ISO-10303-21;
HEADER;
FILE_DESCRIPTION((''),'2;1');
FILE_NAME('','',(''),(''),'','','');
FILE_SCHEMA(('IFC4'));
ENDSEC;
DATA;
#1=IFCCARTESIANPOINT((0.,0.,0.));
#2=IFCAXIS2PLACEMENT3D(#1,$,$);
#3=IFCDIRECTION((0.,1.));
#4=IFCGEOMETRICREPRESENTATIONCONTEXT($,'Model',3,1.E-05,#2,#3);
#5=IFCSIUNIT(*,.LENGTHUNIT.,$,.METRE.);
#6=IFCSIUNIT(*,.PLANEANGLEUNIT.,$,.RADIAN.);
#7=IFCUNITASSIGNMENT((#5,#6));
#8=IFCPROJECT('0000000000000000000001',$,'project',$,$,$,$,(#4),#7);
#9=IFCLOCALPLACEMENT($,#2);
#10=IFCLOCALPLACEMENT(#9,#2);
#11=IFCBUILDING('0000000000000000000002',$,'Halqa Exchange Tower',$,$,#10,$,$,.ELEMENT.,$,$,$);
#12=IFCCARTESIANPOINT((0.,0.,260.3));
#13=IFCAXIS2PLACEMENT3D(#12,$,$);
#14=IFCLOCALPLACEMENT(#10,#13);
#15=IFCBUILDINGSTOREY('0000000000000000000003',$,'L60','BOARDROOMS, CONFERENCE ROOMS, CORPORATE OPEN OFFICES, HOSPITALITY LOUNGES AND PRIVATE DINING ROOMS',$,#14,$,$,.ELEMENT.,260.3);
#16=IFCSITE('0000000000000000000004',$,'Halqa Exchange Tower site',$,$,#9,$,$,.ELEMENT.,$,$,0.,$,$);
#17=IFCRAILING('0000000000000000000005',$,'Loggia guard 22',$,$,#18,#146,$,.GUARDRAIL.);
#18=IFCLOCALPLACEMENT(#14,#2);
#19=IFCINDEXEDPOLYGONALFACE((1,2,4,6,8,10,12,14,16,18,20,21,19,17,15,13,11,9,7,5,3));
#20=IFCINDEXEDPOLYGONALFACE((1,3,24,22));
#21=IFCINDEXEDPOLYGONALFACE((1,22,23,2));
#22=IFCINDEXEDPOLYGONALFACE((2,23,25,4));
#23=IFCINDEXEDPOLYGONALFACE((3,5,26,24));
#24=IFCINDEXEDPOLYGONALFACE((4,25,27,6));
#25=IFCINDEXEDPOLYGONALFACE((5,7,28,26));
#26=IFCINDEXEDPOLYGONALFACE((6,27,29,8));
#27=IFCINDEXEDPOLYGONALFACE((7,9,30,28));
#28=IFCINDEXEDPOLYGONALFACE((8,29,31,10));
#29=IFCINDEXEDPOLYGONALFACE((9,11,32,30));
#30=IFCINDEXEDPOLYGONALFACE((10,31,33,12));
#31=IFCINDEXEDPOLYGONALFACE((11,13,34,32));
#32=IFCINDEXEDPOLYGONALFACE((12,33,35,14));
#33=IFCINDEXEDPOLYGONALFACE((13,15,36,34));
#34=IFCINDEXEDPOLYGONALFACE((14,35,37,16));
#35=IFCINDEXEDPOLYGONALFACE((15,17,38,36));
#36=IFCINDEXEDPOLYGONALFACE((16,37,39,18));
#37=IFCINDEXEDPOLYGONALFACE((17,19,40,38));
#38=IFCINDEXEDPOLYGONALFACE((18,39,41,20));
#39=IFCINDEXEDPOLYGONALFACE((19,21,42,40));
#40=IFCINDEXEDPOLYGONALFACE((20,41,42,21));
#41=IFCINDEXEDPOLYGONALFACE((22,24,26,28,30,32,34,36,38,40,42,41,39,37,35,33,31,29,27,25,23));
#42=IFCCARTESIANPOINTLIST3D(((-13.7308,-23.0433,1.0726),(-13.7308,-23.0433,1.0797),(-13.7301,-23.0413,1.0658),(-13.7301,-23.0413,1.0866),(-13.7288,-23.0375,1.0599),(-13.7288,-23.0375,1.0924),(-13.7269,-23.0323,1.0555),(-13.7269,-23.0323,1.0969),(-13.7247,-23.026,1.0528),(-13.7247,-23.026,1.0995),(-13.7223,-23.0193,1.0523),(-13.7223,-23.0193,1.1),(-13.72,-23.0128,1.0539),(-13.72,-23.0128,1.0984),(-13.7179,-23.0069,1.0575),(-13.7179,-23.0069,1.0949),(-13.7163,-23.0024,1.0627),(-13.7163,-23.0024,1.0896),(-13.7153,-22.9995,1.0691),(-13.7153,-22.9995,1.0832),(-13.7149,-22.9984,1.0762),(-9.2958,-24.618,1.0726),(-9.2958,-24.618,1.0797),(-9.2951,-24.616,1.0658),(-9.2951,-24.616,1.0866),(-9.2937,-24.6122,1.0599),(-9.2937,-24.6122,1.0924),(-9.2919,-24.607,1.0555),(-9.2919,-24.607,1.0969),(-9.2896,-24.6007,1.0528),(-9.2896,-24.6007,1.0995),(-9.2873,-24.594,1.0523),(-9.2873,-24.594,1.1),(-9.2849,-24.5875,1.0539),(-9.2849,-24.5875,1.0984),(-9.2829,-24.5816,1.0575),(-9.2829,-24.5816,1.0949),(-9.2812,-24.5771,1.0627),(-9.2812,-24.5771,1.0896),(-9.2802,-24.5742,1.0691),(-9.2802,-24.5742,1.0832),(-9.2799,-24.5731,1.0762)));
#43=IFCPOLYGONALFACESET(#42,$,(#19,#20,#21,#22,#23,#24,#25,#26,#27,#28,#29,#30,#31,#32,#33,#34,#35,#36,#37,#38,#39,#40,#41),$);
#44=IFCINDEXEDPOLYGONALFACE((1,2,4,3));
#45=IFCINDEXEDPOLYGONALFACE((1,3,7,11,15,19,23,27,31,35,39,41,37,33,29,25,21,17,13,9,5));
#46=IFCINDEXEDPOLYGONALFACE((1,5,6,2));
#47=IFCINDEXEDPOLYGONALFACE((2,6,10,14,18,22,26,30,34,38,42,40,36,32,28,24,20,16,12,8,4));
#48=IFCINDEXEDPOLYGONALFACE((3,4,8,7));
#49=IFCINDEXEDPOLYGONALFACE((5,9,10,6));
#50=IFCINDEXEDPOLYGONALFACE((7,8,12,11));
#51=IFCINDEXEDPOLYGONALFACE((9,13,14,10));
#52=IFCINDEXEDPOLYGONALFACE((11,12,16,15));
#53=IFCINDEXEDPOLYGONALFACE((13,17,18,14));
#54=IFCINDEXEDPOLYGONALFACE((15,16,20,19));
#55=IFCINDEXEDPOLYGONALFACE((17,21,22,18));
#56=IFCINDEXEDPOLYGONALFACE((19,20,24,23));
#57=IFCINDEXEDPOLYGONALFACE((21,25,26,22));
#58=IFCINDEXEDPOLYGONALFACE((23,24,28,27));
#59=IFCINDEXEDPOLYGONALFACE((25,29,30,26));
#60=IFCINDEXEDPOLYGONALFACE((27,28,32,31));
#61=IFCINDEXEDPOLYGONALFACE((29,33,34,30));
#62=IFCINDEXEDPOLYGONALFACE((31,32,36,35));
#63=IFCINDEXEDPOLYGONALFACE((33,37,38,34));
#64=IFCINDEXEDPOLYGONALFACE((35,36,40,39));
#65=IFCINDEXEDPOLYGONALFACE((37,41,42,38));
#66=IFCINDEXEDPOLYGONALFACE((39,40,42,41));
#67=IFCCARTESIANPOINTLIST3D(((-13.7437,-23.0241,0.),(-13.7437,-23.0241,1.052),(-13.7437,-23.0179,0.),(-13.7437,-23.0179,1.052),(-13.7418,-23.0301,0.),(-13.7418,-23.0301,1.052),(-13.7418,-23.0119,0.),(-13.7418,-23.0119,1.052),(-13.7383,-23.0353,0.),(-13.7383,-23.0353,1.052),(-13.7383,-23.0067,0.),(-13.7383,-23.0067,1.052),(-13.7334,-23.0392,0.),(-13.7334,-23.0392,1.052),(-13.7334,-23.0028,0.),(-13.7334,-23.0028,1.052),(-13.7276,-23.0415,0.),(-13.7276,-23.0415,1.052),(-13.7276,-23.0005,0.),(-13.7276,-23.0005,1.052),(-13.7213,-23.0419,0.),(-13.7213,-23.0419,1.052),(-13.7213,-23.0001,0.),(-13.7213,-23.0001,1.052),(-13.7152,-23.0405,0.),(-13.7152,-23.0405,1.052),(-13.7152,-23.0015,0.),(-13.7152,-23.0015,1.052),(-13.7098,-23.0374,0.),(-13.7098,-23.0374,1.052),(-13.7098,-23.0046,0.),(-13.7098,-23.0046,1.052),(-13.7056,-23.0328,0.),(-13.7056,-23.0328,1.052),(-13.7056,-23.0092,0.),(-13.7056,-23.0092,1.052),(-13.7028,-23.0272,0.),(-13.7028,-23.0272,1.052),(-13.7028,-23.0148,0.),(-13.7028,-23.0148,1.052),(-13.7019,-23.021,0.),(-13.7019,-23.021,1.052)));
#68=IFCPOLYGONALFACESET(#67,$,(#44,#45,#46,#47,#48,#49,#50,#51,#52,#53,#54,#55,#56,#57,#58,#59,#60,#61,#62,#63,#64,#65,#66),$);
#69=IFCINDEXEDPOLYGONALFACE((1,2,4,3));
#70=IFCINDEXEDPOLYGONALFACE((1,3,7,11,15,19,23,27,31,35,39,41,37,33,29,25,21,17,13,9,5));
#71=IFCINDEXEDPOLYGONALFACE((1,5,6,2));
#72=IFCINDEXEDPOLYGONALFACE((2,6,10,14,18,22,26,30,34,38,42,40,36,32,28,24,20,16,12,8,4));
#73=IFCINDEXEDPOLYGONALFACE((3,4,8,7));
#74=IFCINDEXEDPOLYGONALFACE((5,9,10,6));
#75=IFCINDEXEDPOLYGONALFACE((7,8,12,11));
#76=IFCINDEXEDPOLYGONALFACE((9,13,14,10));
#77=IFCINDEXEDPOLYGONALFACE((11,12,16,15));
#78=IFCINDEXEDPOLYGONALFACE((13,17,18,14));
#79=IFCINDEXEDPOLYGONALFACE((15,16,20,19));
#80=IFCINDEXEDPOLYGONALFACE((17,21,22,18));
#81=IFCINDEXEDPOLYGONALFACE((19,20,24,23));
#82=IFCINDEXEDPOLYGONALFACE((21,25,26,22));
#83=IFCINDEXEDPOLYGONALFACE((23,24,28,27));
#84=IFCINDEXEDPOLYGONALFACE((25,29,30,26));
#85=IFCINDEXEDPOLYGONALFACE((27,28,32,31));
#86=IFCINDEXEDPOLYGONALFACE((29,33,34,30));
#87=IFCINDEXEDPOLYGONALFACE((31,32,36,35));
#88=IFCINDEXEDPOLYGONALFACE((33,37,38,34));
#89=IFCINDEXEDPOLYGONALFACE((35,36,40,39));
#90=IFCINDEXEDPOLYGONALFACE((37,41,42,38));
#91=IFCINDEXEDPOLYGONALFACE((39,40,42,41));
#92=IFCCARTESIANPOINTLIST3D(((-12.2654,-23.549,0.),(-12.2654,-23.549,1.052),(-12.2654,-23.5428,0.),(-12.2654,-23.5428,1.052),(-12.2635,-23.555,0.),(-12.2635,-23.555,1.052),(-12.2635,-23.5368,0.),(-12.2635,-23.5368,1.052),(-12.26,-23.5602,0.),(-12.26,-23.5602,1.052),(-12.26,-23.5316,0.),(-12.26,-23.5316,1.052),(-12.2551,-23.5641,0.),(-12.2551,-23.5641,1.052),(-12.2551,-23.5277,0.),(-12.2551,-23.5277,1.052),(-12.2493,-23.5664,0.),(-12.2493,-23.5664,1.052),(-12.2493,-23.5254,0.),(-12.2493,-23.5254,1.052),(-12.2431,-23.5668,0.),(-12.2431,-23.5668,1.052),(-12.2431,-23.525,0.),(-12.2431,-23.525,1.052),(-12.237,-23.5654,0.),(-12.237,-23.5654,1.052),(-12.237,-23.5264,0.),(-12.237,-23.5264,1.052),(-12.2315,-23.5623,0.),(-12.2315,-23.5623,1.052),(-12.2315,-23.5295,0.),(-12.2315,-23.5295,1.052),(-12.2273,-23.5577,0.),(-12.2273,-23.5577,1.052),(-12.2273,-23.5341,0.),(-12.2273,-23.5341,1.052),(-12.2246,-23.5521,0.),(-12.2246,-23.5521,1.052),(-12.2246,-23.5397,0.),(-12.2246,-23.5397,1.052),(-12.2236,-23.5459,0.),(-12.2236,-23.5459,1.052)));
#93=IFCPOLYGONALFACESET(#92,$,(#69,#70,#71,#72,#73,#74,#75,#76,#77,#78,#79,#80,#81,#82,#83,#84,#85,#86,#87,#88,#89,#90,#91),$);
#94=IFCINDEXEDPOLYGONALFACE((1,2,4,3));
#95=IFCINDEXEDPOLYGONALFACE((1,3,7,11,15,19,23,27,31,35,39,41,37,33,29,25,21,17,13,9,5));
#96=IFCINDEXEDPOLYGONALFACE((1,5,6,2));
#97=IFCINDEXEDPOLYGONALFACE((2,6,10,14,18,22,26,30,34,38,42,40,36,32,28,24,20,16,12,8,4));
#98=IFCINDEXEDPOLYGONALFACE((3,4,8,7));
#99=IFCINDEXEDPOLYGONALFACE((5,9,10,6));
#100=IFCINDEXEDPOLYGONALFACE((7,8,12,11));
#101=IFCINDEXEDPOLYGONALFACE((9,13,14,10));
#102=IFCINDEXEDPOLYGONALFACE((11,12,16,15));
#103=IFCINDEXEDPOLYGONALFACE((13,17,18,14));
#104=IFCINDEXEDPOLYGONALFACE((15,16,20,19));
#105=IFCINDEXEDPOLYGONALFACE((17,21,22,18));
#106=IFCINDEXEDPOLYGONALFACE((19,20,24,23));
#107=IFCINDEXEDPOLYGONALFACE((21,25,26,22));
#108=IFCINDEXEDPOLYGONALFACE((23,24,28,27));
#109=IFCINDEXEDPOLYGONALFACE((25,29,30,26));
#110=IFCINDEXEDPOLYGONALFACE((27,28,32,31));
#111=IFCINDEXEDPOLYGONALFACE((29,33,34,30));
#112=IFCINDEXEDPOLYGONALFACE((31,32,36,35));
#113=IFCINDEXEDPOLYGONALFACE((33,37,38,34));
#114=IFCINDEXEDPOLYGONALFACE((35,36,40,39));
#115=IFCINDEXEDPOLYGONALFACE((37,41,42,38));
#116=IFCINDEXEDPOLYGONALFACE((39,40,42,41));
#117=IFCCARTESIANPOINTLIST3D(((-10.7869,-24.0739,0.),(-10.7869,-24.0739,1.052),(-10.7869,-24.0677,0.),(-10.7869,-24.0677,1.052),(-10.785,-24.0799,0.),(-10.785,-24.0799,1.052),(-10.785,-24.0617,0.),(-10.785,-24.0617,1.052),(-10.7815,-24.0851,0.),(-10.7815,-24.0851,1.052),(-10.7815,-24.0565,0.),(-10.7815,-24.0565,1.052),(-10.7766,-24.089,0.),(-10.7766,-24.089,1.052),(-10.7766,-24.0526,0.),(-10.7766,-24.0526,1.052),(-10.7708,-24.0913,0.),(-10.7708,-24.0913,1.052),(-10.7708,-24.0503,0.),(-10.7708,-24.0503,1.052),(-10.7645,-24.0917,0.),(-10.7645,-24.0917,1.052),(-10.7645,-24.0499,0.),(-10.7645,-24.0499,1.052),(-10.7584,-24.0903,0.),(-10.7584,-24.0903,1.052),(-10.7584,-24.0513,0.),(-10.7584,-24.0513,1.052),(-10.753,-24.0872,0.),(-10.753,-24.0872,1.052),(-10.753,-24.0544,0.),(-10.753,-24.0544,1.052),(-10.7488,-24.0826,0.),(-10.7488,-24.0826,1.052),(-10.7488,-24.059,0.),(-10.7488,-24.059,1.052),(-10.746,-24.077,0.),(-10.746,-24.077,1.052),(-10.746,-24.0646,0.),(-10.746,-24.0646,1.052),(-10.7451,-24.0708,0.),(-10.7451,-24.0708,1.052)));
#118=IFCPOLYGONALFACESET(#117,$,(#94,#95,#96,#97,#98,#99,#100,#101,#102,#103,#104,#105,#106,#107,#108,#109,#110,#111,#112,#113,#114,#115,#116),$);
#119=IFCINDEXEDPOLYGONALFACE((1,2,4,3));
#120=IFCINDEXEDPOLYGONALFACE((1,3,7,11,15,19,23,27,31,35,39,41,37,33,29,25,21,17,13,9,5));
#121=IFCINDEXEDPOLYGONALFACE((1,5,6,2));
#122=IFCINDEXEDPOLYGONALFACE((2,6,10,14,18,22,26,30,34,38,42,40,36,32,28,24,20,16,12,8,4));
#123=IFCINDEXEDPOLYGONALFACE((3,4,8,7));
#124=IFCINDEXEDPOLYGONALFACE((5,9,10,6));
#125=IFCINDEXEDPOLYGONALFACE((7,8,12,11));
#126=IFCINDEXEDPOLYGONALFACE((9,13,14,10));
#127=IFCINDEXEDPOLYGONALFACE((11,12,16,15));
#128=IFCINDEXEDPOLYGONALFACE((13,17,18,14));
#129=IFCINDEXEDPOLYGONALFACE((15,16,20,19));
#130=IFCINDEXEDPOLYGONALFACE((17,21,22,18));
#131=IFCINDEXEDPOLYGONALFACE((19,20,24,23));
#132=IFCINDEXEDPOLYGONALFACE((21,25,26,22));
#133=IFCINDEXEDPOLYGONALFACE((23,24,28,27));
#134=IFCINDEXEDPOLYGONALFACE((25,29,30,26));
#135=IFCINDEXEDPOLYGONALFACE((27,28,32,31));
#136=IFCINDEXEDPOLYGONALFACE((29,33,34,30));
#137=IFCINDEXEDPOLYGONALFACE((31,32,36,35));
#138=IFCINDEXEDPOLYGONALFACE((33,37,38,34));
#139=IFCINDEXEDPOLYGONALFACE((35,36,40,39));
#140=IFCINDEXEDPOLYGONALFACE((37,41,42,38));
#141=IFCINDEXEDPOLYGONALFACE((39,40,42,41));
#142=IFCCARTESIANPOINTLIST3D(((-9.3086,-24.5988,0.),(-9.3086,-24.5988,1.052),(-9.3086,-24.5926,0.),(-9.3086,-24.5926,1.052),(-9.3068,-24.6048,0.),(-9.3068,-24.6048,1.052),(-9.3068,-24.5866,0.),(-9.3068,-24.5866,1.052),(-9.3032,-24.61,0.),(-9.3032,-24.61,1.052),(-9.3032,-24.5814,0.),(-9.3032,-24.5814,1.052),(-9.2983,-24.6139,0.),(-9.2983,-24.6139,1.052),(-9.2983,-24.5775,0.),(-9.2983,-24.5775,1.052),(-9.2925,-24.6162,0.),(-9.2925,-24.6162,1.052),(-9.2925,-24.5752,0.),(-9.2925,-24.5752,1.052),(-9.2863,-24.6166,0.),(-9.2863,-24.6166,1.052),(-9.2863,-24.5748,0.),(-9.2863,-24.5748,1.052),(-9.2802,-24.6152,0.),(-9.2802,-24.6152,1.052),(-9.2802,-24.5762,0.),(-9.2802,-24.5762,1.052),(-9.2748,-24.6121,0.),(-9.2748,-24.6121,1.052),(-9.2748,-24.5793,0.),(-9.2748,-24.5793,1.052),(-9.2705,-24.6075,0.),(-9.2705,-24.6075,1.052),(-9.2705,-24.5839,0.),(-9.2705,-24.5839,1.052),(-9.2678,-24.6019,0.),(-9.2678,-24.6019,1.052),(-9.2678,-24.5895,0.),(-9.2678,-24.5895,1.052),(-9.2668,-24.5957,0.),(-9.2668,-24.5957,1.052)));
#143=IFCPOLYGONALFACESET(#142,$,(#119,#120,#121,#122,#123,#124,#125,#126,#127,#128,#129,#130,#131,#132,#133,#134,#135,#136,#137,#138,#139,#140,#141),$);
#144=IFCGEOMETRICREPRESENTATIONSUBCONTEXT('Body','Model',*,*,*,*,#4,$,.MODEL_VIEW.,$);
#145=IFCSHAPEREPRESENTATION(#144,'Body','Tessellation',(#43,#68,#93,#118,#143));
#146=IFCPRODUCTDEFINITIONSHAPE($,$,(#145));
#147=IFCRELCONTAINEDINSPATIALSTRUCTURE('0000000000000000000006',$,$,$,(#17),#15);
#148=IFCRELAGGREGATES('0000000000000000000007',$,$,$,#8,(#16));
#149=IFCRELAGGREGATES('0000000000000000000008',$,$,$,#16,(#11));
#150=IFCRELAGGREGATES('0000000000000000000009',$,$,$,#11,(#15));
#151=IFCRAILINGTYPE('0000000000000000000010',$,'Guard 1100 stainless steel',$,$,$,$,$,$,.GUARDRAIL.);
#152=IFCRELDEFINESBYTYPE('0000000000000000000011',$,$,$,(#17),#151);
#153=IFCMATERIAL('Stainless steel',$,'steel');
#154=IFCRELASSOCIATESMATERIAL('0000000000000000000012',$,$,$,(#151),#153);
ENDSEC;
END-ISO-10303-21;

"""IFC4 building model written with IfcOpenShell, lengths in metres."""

from ifc_helpers import new_model, si_unit, direction, frame, origin, origin_2d, place, context, subcontext, project, spatial, circle, extrude, material, type_object, element, save


model = new_model("IFC4")

# Units and contexts
model_context = context("Model", 3, precision=1e-05, world=origin(), true_north=direction((0.0, 1.0)))
body_context = subcontext(model_context, "Body", "Model", "MODEL_VIEW")
ifc_project = project(units=[si_unit("LENGTHUNIT", "METRE"), si_unit("PLANEANGLEUNIT", "RADIAN")], contexts=[model_context])

# Site, building, storey
site_placement = place(None, origin())
site = spatial("IfcSite", under=ifc_project, at=site_placement, Name="Halqa Exchange Tower site", CompositionType="ELEMENT", RefElevation=0.0)
building_placement = place(site_placement, origin())
building = spatial("IfcBuilding", under=site, at=building_placement, Name="Halqa Exchange Tower", CompositionType="ELEMENT")
storey_placement = place(building_placement, frame((0.0, 0.0, 260.3)))
storey = spatial("IfcBuildingStorey", under=building, at=storey_placement, Name="L60", Description="BOARDROOMS, CONFERENCE ROOMS, CORPORATE OPEN OFFICES, HOSPITALITY LOUNGES AND PRIVATE DINING ROOMS", CompositionType="ELEMENT", Elevation=260.3)

# Railing
ifc_material_1 = material(Name="Stainless steel", Category="steel")
railing_type = type_object("IfcRailingType", Name="Guard 1100 stainless steel", PredefinedType="GUARDRAIL", material=ifc_material_1)
railing_1_placement = place(storey_placement, frame((-13.7229, -23.021, 0.0)))
element("IfcRailing", 1, at=railing_1_placement, inside=storey, type_object=railing_type, Name="Loggia guard 22", PredefinedType="GUARDRAIL", context=body_context, shape_type="SweptSolid", body=[
    extrude(circle(Radius=0.0239, at=origin_2d()), frame((0.0, 0.0, 1.0762), z_axis=(0.942362, -0.334594, 0.0), x_axis=(0.334594, 0.942362, 0.0)), (0.0, 0.0, 1.0), 4.7063),
    extrude(circle(Radius=0.021, at=origin_2d()), origin(), (0.0, 0.0, 1.0), 1.052),
    extrude(circle(Radius=0.021, at=origin_2d()), frame((1.4783, -0.5249, 0.0)), (0.0, 0.0, 1.0), 1.052),
    extrude(circle(Radius=0.021, at=origin_2d()), frame((2.9568, -1.0498, 0.0)), (0.0, 0.0, 1.0), 1.052),
    extrude(circle(Radius=0.021, at=origin_2d()), frame((4.4351, -1.5747, 0.0)), (0.0, 0.0, 1.0), 1.052),
])

save(model, "model.ifc")
